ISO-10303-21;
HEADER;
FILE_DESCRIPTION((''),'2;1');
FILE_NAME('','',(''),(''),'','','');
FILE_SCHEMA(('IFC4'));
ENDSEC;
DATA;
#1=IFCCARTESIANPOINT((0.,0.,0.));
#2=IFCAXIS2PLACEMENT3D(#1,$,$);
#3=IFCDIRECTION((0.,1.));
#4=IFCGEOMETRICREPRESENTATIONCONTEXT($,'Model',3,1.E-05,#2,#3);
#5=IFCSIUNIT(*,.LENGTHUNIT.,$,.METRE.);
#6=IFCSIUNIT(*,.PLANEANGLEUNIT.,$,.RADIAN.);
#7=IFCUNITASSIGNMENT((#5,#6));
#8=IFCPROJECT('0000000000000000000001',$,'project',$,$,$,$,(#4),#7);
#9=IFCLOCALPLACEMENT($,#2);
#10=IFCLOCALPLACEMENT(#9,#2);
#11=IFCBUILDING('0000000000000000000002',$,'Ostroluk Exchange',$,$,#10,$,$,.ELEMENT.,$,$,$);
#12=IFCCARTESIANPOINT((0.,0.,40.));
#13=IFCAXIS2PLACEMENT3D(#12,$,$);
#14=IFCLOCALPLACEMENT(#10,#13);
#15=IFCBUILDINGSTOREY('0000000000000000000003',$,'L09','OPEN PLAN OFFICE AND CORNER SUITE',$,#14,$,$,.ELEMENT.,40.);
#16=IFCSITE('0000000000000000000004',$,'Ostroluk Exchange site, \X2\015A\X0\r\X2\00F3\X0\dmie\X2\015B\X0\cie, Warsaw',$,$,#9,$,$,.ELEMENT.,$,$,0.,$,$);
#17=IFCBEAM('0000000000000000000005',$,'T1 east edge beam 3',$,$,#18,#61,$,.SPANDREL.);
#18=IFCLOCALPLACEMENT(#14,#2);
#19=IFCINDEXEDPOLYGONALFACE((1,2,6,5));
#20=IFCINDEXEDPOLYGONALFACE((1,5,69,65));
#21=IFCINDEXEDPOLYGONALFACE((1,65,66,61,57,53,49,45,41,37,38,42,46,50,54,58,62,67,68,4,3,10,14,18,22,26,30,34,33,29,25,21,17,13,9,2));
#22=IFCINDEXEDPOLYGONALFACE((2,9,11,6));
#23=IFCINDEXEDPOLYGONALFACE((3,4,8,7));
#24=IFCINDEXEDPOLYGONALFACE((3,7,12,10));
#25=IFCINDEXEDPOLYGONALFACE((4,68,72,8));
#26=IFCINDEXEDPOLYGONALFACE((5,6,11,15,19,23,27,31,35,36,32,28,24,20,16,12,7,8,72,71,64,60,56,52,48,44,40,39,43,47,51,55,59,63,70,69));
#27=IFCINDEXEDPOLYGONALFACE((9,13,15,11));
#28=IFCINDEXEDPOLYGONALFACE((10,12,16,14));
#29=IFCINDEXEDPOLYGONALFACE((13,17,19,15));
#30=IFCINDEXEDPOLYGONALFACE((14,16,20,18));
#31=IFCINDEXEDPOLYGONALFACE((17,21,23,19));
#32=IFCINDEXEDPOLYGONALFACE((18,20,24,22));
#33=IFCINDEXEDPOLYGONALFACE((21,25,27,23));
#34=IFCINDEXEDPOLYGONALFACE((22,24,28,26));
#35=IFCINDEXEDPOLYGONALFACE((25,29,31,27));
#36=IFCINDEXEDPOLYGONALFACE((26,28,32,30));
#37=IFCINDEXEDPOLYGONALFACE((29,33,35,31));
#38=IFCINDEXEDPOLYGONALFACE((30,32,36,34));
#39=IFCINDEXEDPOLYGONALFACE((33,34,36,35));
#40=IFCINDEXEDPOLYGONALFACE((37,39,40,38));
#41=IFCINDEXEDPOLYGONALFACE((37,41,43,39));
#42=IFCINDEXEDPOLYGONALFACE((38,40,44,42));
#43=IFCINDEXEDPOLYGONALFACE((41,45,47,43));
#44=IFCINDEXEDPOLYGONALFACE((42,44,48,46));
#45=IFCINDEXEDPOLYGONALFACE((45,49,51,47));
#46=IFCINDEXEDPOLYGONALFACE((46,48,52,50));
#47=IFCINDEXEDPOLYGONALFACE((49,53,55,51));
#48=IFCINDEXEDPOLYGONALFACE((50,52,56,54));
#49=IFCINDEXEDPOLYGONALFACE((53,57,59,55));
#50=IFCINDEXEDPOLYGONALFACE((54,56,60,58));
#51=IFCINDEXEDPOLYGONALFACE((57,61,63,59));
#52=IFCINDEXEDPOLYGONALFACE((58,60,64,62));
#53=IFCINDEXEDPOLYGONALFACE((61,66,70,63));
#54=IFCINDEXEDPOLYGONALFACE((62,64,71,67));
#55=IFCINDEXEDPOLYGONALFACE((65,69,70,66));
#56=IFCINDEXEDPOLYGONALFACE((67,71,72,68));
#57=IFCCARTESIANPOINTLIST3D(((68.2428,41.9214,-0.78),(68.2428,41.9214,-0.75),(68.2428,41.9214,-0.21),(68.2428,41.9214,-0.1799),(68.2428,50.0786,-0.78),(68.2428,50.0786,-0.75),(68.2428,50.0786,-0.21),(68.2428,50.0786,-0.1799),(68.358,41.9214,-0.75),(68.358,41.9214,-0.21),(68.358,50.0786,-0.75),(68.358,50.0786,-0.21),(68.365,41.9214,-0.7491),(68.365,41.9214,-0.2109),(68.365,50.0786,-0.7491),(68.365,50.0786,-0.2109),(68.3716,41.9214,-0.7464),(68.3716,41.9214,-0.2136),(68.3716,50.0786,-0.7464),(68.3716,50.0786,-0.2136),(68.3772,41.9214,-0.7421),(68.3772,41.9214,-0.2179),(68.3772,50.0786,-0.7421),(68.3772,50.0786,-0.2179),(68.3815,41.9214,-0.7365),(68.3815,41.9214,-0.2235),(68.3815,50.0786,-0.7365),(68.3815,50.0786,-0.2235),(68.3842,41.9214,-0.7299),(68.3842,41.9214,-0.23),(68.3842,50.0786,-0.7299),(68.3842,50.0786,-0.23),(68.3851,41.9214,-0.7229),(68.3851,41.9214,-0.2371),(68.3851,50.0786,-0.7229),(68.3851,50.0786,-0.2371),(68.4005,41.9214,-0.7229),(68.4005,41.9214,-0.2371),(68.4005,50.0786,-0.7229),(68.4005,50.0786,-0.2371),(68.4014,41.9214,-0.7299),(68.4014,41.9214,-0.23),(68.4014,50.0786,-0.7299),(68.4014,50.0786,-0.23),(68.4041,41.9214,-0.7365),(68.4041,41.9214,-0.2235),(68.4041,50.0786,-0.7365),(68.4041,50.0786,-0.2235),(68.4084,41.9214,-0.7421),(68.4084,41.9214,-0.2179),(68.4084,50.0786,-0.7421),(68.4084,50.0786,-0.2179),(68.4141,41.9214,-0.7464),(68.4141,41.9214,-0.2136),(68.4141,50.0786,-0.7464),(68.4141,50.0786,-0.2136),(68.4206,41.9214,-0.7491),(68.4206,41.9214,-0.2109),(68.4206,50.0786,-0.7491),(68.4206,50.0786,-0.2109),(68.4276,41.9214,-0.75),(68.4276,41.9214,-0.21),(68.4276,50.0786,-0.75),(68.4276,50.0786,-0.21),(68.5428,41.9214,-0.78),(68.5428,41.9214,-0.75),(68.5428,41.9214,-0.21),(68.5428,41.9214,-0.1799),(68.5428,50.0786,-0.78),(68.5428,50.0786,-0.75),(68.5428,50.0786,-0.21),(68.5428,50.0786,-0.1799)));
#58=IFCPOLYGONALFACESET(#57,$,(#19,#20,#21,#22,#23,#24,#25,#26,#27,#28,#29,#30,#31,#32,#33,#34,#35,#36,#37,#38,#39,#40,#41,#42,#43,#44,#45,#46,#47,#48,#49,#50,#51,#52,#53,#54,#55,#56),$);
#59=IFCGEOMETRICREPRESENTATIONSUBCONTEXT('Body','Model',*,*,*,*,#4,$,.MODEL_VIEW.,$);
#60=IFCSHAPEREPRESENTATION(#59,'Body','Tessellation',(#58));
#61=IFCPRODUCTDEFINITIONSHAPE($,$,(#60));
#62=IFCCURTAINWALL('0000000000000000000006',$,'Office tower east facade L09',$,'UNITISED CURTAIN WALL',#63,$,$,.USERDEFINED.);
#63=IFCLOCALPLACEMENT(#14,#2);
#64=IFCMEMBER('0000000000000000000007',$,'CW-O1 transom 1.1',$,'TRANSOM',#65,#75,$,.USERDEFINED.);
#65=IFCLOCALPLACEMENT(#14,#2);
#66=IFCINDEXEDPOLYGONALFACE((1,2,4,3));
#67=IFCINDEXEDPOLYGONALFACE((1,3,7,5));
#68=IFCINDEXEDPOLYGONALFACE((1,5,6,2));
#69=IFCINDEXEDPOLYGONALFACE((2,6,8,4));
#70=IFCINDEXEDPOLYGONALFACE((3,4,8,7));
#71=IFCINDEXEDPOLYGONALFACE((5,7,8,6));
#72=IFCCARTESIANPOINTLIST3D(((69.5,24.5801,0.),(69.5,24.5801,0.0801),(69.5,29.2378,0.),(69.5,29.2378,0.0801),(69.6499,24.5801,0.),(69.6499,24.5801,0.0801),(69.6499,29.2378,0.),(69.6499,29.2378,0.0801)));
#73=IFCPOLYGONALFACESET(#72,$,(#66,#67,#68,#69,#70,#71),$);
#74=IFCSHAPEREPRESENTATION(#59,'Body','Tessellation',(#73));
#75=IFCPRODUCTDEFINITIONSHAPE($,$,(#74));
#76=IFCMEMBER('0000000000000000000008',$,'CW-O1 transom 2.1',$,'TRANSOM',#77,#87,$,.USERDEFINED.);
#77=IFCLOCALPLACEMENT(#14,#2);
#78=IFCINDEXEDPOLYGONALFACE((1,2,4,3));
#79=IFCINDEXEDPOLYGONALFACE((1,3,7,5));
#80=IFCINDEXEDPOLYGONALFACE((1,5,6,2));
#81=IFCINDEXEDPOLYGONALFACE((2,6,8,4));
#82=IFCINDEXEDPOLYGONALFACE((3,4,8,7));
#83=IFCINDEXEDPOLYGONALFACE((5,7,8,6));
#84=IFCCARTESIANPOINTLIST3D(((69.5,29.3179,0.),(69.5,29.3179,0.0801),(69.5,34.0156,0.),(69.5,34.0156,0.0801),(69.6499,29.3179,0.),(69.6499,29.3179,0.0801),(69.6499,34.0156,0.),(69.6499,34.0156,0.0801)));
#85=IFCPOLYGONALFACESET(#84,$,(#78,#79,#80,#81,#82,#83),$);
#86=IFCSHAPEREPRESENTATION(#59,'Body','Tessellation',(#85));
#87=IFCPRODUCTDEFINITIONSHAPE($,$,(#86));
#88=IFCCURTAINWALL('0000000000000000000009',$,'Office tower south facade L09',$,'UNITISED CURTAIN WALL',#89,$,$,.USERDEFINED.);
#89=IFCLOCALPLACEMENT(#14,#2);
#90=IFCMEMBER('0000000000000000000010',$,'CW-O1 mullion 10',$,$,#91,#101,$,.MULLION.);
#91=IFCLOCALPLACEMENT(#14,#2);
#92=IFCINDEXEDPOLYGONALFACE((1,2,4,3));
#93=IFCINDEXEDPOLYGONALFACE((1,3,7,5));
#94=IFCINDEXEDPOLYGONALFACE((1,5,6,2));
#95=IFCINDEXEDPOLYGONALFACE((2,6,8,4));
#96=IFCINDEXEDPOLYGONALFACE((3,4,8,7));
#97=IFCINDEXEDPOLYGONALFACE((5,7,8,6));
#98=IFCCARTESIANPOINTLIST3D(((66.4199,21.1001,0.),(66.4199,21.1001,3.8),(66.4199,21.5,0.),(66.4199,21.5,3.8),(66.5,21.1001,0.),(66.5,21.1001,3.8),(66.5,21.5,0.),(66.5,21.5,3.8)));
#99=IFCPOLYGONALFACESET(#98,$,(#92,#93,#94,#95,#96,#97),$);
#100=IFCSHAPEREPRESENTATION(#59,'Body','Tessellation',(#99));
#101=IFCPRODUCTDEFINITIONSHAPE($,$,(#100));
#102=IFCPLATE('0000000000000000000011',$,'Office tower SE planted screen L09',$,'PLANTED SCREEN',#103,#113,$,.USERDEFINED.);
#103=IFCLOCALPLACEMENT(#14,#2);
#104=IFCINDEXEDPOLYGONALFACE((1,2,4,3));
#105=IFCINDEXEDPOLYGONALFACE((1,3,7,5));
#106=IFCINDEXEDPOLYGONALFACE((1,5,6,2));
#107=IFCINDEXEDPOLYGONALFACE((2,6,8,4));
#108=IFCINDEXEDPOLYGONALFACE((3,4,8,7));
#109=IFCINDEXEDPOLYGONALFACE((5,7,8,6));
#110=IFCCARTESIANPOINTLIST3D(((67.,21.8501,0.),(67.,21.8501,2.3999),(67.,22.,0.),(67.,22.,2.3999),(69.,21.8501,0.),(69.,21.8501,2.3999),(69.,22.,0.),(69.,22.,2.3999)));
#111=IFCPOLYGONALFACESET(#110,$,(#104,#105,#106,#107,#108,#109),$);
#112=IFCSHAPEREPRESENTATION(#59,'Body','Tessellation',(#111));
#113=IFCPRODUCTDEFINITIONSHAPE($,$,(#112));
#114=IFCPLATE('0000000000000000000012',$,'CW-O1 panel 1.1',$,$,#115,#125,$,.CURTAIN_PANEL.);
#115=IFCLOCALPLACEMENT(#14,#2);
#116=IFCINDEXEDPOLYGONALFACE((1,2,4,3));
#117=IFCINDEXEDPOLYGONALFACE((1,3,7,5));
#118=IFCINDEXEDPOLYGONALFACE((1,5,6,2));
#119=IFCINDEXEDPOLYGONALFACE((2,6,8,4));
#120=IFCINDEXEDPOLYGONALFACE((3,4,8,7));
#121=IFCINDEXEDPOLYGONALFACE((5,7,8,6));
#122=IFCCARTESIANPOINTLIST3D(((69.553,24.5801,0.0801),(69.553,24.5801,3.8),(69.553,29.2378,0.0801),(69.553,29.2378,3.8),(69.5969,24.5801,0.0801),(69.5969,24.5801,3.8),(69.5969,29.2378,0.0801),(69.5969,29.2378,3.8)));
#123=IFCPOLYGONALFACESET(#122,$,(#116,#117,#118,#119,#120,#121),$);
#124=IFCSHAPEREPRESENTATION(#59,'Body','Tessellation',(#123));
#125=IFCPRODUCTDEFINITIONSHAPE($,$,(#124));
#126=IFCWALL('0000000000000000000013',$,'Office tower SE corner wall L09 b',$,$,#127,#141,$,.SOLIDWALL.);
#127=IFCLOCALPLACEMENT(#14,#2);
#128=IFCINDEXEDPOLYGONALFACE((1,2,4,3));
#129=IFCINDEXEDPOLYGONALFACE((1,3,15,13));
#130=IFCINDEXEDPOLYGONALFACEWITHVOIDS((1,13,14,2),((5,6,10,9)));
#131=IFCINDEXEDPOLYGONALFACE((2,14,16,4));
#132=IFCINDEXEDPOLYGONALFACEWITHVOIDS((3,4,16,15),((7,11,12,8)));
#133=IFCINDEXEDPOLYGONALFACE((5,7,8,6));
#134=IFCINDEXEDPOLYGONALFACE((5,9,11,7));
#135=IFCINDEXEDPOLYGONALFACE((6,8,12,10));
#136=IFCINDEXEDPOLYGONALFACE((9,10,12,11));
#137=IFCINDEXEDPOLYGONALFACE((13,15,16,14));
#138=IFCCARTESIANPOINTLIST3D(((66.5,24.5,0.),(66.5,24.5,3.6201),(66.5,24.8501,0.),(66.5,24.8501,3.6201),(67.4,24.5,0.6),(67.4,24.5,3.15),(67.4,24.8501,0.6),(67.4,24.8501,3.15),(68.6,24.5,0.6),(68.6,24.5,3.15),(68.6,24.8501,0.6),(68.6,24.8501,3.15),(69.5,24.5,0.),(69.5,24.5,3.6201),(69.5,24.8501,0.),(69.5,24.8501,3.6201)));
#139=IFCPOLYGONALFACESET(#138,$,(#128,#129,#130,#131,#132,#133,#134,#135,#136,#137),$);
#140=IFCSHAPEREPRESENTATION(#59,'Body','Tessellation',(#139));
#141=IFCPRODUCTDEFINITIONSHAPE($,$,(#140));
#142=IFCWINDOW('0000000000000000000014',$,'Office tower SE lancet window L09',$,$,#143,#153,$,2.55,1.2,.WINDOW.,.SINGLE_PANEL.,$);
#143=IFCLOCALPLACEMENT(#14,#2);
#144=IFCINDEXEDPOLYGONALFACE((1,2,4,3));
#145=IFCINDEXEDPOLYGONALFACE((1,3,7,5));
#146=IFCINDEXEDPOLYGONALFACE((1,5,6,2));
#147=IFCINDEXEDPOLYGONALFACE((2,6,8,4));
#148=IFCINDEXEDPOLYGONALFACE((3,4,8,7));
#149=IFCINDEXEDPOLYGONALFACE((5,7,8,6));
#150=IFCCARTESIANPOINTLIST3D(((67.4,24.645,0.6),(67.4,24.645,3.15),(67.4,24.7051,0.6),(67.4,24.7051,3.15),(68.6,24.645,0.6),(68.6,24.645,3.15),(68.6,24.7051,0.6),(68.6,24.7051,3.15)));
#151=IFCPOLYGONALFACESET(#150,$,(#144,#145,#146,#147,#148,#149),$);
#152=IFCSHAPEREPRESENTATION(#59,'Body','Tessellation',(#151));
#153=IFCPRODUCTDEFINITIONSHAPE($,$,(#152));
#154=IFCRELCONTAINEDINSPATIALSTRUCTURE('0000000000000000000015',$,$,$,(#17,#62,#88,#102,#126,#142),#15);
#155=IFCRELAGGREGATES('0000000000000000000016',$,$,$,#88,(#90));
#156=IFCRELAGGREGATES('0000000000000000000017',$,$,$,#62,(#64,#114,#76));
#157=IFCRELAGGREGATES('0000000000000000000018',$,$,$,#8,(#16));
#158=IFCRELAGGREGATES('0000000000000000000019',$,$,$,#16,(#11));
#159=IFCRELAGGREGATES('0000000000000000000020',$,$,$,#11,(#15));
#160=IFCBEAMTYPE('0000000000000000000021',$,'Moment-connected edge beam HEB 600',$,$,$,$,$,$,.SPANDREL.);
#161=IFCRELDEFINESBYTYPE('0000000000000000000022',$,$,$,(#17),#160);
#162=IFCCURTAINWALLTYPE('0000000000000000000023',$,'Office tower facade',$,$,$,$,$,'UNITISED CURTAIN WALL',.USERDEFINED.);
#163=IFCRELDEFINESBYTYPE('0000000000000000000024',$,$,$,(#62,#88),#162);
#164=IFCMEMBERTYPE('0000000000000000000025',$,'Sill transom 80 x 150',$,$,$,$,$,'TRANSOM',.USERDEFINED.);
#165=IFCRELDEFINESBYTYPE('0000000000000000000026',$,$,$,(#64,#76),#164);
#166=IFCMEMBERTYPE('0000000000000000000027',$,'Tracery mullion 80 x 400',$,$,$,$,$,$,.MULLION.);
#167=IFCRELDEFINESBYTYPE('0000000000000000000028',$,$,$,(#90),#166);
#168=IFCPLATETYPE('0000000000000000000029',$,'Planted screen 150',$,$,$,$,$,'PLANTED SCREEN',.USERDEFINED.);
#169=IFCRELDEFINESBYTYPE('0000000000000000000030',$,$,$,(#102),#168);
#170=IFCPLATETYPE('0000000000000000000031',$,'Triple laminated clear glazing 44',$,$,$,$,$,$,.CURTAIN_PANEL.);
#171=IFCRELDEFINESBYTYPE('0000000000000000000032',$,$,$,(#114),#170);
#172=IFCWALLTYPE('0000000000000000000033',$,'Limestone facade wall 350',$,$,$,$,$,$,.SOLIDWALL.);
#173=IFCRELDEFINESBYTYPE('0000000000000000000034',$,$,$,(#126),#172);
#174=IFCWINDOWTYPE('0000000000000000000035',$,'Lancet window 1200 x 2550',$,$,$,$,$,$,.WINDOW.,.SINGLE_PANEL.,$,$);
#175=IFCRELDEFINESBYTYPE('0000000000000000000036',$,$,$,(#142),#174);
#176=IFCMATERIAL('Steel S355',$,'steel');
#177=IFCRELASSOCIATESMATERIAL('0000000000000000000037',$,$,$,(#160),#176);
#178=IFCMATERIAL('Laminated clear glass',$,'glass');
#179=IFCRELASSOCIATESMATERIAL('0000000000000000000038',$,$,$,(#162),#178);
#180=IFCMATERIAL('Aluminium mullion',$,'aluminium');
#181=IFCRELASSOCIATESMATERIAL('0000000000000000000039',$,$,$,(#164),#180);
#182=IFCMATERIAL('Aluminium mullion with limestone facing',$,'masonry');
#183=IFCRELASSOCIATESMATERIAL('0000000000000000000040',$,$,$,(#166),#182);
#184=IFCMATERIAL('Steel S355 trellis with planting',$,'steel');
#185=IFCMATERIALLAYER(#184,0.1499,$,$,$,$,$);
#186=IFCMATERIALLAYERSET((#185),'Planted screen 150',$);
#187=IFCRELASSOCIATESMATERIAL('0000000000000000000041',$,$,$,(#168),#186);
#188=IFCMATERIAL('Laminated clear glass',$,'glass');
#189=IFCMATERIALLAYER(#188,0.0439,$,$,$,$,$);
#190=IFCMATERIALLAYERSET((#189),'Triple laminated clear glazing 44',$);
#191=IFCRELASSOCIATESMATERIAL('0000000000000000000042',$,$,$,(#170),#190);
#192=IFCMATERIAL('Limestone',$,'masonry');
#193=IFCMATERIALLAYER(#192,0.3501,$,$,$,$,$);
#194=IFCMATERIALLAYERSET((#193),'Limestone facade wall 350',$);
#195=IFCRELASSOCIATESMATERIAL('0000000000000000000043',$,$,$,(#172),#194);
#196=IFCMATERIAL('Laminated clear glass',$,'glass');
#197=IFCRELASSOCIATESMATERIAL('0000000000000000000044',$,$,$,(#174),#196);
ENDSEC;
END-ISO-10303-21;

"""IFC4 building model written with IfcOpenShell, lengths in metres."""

from ifc_helpers import new_model, si_unit, direction, frame, frame_2d, origin, origin_2d, place, context, subcontext, project, spatial, rectangle, i_section, extrude, material, layer, layer_set, material_profile, profile_set, type_object, element, fill, aggregate, save


model = new_model("IFC4")

# Units and contexts
model_context = context("Model", 3, precision=1e-05, world=origin(), true_north=direction((0.0, 1.0)))
body_context = subcontext(model_context, "Body", "Model", "MODEL_VIEW")
ifc_project = project(units=[si_unit("LENGTHUNIT", "METRE"), si_unit("PLANEANGLEUNIT", "RADIAN")], contexts=[model_context])

# Site, building, storey
site_placement = place(None, origin())
site = spatial("IfcSite", under=ifc_project, at=site_placement, Name="Ostroluk Exchange site, Śródmieście, Warsaw", CompositionType="ELEMENT", RefElevation=0.0)
building_placement = place(site_placement, origin())
building = spatial("IfcBuilding", under=site, at=building_placement, Name="Ostroluk Exchange", CompositionType="ELEMENT")
storey_placement = place(building_placement, frame((0.0, 0.0, 40.0)))
storey = spatial("IfcBuildingStorey", under=building, at=storey_placement, Name="L09", Description="OPEN PLAN OFFICE AND CORNER SUITE", CompositionType="ELEMENT", Elevation=40.0)

# Beam
ifc_material_1 = material(Name="Steel S355", Category="steel")
ifc_material_profile_1 = material_profile(ifc_material_1, i_section(OverallWidth=0.3, OverallDepth=0.6001, WebThickness=0.0154, FlangeThickness=0.03, FilletRadius=0.0271, at=origin_2d()), Name="HEB 600")
ifc_profile_set_1 = profile_set([ifc_material_profile_1], Name="Steel S355")
beam_type_1 = type_object("IfcBeamType", Name="Moment-connected edge beam HEB 600", PredefinedType="SPANDREL", material=ifc_profile_set_1)
beam_1_placement = place(storey_placement, frame((68.3928, 41.9214, -0.48), z_axis=(0.0, 1.0, 0.0), x_axis=(-1.0, 0.0, 0.0)))
element("IfcBeam", 1, at=beam_1_placement, inside=storey, type_object=beam_type_1, Name="T1 east edge beam 3", PredefinedType="SPANDREL", context=body_context, shape_type="SweptSolid", body=[
    extrude(i_section(OverallWidth=0.3, OverallDepth=0.6001, WebThickness=0.0154, FlangeThickness=0.03, FilletRadius=0.0271, at=origin_2d()), origin(), (0.0, 0.0, 1.0), 8.1572),
])

# Curtain wall, members
ifc_material_2 = material(Name="Laminated clear glass", Category="glass")
curtain_wall_type = type_object("IfcCurtainWallType", Name="Office tower facade", ElementType="UNITISED CURTAIN WALL", PredefinedType="USERDEFINED", material=ifc_material_2)
curtain_wall_1_placement = place(storey_placement, origin())
curtain_wall_1 = element("IfcCurtainWall", 2, at=curtain_wall_1_placement, inside=storey, type_object=curtain_wall_type, Name="Office tower east facade L09", ObjectType="UNITISED CURTAIN WALL", PredefinedType="USERDEFINED")
ifc_material_3 = material(Name="Aluminium mullion", Category="aluminium")
ifc_material_profile_2 = material_profile(ifc_material_3, rectangle(XDim=0.1499, YDim=0.0801, at=origin_2d()), Name="Sill transom 80 x 150")
ifc_profile_set_2 = profile_set([ifc_material_profile_2], Name="Aluminium mullion")
member_type_1 = type_object("IfcMemberType", Name="Sill transom 80 x 150", ElementType="TRANSOM", PredefinedType="USERDEFINED", material=ifc_profile_set_2)
member_1_placement = place(storey_placement, frame((69.575, 24.5801, 0.04), z_axis=(0.0, 1.0, 0.0), x_axis=(-1.0, 0.0, 0.0)))
member_1 = element("IfcMember", 3, at=member_1_placement, type_object=member_type_1, Name="CW-O1 transom 1.1", ObjectType="TRANSOM", PredefinedType="USERDEFINED", context=body_context, shape_type="SweptSolid", body=[
    extrude(rectangle(XDim=0.1499, YDim=0.0801, at=origin_2d()), origin(), (0.0, 0.0, 1.0), 4.6577),
])
member_2_placement = place(storey_placement, frame((69.575, 29.3179, 0.04), z_axis=(0.0, 1.0, 0.0), x_axis=(-1.0, 0.0, 0.0)))
member_2 = element("IfcMember", 4, at=member_2_placement, type_object=member_type_1, Name="CW-O1 transom 2.1", ObjectType="TRANSOM", PredefinedType="USERDEFINED", context=body_context, shape_type="SweptSolid", body=[
    extrude(rectangle(XDim=0.1499, YDim=0.0801, at=origin_2d()), origin(), (0.0, 0.0, 1.0), 4.6978),
])

# Curtain wall, member
curtain_wall_2_placement = place(storey_placement, origin())
curtain_wall_2 = element("IfcCurtainWall", 5, at=curtain_wall_2_placement, inside=storey, type_object=curtain_wall_type, Name="Office tower south facade L09", ObjectType="UNITISED CURTAIN WALL", PredefinedType="USERDEFINED")
ifc_material_4 = material(Name="Aluminium mullion with limestone facing", Category="masonry")
ifc_material_profile_3 = material_profile(ifc_material_4, rectangle(XDim=0.3999, YDim=0.0801, at=origin_2d()), Name="Tracery mullion 80 x 400")
ifc_profile_set_3 = profile_set([ifc_material_profile_3], Name="Aluminium mullion with limestone facing")
member_type_2 = type_object("IfcMemberType", Name="Tracery mullion 80 x 400", PredefinedType="MULLION", material=ifc_profile_set_3)
member_3_placement = place(storey_placement, frame((66.46, 21.3, 0.0), z_axis=(0.0, 0.0, 1.0), x_axis=(0.0, 1.0, 0.0)))
member_3 = element("IfcMember", 6, at=member_3_placement, type_object=member_type_2, Name="CW-O1 mullion 10", PredefinedType="MULLION", context=body_context, shape_type="SweptSolid", body=[
    extrude(rectangle(XDim=0.3999, YDim=0.0801, at=origin_2d()), origin(), (0.0, 0.0, 1.0), 3.8),
])
aggregate(curtain_wall_2, [member_3])

# Plates
ifc_material_5 = material(Name="Steel S355 trellis with planting", Category="steel")
ifc_layer_1 = layer(ifc_material_5, 0.1499)
ifc_layer_set_1 = layer_set([ifc_layer_1], Name="Planted screen 150")
plate_type_1 = type_object("IfcPlateType", Name="Planted screen 150", ElementType="PLANTED SCREEN", PredefinedType="USERDEFINED", material=ifc_layer_set_1)
plate_1_placement = place(storey_placement, frame((68.0, 21.925, 0.0), z_axis=(0.0, 0.0, 1.0), x_axis=(1.0, 0.0, 0.0)))
element("IfcPlate", 7, at=plate_1_placement, inside=storey, type_object=plate_type_1, Name="Office tower SE planted screen L09", ObjectType="PLANTED SCREEN", PredefinedType="USERDEFINED", context=body_context, shape_type="SweptSolid", body=[
    extrude(rectangle(XDim=2.0, YDim=0.1499, at=origin_2d()), origin(), (0.0, 0.0, 1.0), 2.3999),
])
ifc_material_6 = material(Name="Laminated clear glass", Category="glass")
ifc_layer_2 = layer(ifc_material_6, 0.0439)
ifc_layer_set_2 = layer_set([ifc_layer_2], Name="Triple laminated clear glazing 44")
plate_type_2 = type_object("IfcPlateType", Name="Triple laminated clear glazing 44", PredefinedType="CURTAIN_PANEL", material=ifc_layer_set_2)
plate_2_placement = place(storey_placement, frame((69.575, 26.9089, 0.0801), z_axis=(0.0, 0.0, 1.0), x_axis=(0.0, 1.0, 0.0)))
plate_2 = element("IfcPlate", 8, at=plate_2_placement, type_object=plate_type_2, Name="CW-O1 panel 1.1", PredefinedType="CURTAIN_PANEL", context=body_context, shape_type="SweptSolid", body=[
    extrude(rectangle(XDim=4.6577, YDim=0.0439, at=origin_2d()), origin(), (0.0, 0.0, 1.0), 3.72),
])
aggregate(curtain_wall_1, [member_1, plate_2, member_2])

# Shared definitions
ifc_material_7 = material(Name="Limestone", Category="masonry")
ifc_layer_3 = layer(ifc_material_7, 0.3501)
ifc_layer_set_3 = layer_set([ifc_layer_3], Name="Limestone facade wall 350")
wall_type = type_object("IfcWallType", Name="Limestone facade wall 350", PredefinedType="SOLIDWALL", material=ifc_layer_set_3)

# Wall, opening, window
wall_1_placement = place(storey_placement, frame((66.5, 24.675, 0.0), z_axis=(0.0, 0.0, 1.0), x_axis=(1.0, 0.0, 0.0)))
wall_1 = element("IfcWall", 9, at=wall_1_placement, inside=storey, type_object=wall_type, Name="Office tower SE corner wall L09 b", PredefinedType="SOLIDWALL", context=body_context, shape_type="SweptSolid", body=[
    extrude(rectangle(XDim=3.0, YDim=0.3501, at=frame_2d((1.5, 0.0))), origin(), (0.0, 0.0, 1.0), 3.6201),
])
opening_1_placement = place(wall_1_placement, frame((0.8999, 0.0, 0.6001)))
opening_1 = element("IfcOpeningElement", 10, at=opening_1_placement, cuts=wall_1, PredefinedType="OPENING", context=body_context, shape_type="SweptSolid", body=[
    extrude(rectangle(XDim=1.2, YDim=2.55, at=frame_2d((0.6001, 1.2749))), frame((0.0, 0.1851, 0.0), z_axis=(0.0, -1.0, 0.0), x_axis=(1.0, 0.0, 0.0)), (0.0, 0.0, 1.0), 0.3701),
])
ifc_material_8 = material(Name="Laminated clear glass", Category="glass")
window_type = type_object("IfcWindowType", Name="Lancet window 1200 x 2550", PartitioningType="SINGLE_PANEL", PredefinedType="WINDOW", material=ifc_material_8)
window_placement = place(opening_1_placement, origin())
window = element("IfcWindow", 11, at=window_placement, inside=storey, type_object=window_type, Name="Office tower SE lancet window L09", OverallHeight=2.55, OverallWidth=1.2, PartitioningType="SINGLE_PANEL", PredefinedType="WINDOW", context=body_context, shape_type="SweptSolid", body=[
    extrude(rectangle(XDim=1.2, YDim=2.55, at=frame_2d((0.6001, 1.2749))), frame((0.0, 0.03, 0.0), z_axis=(0.0, -1.0, 0.0), x_axis=(1.0, 0.0, 0.0)), (0.0, 0.0, 1.0), 0.0601),
])
fill(opening_1, window)

save(model, "model.ifc")
